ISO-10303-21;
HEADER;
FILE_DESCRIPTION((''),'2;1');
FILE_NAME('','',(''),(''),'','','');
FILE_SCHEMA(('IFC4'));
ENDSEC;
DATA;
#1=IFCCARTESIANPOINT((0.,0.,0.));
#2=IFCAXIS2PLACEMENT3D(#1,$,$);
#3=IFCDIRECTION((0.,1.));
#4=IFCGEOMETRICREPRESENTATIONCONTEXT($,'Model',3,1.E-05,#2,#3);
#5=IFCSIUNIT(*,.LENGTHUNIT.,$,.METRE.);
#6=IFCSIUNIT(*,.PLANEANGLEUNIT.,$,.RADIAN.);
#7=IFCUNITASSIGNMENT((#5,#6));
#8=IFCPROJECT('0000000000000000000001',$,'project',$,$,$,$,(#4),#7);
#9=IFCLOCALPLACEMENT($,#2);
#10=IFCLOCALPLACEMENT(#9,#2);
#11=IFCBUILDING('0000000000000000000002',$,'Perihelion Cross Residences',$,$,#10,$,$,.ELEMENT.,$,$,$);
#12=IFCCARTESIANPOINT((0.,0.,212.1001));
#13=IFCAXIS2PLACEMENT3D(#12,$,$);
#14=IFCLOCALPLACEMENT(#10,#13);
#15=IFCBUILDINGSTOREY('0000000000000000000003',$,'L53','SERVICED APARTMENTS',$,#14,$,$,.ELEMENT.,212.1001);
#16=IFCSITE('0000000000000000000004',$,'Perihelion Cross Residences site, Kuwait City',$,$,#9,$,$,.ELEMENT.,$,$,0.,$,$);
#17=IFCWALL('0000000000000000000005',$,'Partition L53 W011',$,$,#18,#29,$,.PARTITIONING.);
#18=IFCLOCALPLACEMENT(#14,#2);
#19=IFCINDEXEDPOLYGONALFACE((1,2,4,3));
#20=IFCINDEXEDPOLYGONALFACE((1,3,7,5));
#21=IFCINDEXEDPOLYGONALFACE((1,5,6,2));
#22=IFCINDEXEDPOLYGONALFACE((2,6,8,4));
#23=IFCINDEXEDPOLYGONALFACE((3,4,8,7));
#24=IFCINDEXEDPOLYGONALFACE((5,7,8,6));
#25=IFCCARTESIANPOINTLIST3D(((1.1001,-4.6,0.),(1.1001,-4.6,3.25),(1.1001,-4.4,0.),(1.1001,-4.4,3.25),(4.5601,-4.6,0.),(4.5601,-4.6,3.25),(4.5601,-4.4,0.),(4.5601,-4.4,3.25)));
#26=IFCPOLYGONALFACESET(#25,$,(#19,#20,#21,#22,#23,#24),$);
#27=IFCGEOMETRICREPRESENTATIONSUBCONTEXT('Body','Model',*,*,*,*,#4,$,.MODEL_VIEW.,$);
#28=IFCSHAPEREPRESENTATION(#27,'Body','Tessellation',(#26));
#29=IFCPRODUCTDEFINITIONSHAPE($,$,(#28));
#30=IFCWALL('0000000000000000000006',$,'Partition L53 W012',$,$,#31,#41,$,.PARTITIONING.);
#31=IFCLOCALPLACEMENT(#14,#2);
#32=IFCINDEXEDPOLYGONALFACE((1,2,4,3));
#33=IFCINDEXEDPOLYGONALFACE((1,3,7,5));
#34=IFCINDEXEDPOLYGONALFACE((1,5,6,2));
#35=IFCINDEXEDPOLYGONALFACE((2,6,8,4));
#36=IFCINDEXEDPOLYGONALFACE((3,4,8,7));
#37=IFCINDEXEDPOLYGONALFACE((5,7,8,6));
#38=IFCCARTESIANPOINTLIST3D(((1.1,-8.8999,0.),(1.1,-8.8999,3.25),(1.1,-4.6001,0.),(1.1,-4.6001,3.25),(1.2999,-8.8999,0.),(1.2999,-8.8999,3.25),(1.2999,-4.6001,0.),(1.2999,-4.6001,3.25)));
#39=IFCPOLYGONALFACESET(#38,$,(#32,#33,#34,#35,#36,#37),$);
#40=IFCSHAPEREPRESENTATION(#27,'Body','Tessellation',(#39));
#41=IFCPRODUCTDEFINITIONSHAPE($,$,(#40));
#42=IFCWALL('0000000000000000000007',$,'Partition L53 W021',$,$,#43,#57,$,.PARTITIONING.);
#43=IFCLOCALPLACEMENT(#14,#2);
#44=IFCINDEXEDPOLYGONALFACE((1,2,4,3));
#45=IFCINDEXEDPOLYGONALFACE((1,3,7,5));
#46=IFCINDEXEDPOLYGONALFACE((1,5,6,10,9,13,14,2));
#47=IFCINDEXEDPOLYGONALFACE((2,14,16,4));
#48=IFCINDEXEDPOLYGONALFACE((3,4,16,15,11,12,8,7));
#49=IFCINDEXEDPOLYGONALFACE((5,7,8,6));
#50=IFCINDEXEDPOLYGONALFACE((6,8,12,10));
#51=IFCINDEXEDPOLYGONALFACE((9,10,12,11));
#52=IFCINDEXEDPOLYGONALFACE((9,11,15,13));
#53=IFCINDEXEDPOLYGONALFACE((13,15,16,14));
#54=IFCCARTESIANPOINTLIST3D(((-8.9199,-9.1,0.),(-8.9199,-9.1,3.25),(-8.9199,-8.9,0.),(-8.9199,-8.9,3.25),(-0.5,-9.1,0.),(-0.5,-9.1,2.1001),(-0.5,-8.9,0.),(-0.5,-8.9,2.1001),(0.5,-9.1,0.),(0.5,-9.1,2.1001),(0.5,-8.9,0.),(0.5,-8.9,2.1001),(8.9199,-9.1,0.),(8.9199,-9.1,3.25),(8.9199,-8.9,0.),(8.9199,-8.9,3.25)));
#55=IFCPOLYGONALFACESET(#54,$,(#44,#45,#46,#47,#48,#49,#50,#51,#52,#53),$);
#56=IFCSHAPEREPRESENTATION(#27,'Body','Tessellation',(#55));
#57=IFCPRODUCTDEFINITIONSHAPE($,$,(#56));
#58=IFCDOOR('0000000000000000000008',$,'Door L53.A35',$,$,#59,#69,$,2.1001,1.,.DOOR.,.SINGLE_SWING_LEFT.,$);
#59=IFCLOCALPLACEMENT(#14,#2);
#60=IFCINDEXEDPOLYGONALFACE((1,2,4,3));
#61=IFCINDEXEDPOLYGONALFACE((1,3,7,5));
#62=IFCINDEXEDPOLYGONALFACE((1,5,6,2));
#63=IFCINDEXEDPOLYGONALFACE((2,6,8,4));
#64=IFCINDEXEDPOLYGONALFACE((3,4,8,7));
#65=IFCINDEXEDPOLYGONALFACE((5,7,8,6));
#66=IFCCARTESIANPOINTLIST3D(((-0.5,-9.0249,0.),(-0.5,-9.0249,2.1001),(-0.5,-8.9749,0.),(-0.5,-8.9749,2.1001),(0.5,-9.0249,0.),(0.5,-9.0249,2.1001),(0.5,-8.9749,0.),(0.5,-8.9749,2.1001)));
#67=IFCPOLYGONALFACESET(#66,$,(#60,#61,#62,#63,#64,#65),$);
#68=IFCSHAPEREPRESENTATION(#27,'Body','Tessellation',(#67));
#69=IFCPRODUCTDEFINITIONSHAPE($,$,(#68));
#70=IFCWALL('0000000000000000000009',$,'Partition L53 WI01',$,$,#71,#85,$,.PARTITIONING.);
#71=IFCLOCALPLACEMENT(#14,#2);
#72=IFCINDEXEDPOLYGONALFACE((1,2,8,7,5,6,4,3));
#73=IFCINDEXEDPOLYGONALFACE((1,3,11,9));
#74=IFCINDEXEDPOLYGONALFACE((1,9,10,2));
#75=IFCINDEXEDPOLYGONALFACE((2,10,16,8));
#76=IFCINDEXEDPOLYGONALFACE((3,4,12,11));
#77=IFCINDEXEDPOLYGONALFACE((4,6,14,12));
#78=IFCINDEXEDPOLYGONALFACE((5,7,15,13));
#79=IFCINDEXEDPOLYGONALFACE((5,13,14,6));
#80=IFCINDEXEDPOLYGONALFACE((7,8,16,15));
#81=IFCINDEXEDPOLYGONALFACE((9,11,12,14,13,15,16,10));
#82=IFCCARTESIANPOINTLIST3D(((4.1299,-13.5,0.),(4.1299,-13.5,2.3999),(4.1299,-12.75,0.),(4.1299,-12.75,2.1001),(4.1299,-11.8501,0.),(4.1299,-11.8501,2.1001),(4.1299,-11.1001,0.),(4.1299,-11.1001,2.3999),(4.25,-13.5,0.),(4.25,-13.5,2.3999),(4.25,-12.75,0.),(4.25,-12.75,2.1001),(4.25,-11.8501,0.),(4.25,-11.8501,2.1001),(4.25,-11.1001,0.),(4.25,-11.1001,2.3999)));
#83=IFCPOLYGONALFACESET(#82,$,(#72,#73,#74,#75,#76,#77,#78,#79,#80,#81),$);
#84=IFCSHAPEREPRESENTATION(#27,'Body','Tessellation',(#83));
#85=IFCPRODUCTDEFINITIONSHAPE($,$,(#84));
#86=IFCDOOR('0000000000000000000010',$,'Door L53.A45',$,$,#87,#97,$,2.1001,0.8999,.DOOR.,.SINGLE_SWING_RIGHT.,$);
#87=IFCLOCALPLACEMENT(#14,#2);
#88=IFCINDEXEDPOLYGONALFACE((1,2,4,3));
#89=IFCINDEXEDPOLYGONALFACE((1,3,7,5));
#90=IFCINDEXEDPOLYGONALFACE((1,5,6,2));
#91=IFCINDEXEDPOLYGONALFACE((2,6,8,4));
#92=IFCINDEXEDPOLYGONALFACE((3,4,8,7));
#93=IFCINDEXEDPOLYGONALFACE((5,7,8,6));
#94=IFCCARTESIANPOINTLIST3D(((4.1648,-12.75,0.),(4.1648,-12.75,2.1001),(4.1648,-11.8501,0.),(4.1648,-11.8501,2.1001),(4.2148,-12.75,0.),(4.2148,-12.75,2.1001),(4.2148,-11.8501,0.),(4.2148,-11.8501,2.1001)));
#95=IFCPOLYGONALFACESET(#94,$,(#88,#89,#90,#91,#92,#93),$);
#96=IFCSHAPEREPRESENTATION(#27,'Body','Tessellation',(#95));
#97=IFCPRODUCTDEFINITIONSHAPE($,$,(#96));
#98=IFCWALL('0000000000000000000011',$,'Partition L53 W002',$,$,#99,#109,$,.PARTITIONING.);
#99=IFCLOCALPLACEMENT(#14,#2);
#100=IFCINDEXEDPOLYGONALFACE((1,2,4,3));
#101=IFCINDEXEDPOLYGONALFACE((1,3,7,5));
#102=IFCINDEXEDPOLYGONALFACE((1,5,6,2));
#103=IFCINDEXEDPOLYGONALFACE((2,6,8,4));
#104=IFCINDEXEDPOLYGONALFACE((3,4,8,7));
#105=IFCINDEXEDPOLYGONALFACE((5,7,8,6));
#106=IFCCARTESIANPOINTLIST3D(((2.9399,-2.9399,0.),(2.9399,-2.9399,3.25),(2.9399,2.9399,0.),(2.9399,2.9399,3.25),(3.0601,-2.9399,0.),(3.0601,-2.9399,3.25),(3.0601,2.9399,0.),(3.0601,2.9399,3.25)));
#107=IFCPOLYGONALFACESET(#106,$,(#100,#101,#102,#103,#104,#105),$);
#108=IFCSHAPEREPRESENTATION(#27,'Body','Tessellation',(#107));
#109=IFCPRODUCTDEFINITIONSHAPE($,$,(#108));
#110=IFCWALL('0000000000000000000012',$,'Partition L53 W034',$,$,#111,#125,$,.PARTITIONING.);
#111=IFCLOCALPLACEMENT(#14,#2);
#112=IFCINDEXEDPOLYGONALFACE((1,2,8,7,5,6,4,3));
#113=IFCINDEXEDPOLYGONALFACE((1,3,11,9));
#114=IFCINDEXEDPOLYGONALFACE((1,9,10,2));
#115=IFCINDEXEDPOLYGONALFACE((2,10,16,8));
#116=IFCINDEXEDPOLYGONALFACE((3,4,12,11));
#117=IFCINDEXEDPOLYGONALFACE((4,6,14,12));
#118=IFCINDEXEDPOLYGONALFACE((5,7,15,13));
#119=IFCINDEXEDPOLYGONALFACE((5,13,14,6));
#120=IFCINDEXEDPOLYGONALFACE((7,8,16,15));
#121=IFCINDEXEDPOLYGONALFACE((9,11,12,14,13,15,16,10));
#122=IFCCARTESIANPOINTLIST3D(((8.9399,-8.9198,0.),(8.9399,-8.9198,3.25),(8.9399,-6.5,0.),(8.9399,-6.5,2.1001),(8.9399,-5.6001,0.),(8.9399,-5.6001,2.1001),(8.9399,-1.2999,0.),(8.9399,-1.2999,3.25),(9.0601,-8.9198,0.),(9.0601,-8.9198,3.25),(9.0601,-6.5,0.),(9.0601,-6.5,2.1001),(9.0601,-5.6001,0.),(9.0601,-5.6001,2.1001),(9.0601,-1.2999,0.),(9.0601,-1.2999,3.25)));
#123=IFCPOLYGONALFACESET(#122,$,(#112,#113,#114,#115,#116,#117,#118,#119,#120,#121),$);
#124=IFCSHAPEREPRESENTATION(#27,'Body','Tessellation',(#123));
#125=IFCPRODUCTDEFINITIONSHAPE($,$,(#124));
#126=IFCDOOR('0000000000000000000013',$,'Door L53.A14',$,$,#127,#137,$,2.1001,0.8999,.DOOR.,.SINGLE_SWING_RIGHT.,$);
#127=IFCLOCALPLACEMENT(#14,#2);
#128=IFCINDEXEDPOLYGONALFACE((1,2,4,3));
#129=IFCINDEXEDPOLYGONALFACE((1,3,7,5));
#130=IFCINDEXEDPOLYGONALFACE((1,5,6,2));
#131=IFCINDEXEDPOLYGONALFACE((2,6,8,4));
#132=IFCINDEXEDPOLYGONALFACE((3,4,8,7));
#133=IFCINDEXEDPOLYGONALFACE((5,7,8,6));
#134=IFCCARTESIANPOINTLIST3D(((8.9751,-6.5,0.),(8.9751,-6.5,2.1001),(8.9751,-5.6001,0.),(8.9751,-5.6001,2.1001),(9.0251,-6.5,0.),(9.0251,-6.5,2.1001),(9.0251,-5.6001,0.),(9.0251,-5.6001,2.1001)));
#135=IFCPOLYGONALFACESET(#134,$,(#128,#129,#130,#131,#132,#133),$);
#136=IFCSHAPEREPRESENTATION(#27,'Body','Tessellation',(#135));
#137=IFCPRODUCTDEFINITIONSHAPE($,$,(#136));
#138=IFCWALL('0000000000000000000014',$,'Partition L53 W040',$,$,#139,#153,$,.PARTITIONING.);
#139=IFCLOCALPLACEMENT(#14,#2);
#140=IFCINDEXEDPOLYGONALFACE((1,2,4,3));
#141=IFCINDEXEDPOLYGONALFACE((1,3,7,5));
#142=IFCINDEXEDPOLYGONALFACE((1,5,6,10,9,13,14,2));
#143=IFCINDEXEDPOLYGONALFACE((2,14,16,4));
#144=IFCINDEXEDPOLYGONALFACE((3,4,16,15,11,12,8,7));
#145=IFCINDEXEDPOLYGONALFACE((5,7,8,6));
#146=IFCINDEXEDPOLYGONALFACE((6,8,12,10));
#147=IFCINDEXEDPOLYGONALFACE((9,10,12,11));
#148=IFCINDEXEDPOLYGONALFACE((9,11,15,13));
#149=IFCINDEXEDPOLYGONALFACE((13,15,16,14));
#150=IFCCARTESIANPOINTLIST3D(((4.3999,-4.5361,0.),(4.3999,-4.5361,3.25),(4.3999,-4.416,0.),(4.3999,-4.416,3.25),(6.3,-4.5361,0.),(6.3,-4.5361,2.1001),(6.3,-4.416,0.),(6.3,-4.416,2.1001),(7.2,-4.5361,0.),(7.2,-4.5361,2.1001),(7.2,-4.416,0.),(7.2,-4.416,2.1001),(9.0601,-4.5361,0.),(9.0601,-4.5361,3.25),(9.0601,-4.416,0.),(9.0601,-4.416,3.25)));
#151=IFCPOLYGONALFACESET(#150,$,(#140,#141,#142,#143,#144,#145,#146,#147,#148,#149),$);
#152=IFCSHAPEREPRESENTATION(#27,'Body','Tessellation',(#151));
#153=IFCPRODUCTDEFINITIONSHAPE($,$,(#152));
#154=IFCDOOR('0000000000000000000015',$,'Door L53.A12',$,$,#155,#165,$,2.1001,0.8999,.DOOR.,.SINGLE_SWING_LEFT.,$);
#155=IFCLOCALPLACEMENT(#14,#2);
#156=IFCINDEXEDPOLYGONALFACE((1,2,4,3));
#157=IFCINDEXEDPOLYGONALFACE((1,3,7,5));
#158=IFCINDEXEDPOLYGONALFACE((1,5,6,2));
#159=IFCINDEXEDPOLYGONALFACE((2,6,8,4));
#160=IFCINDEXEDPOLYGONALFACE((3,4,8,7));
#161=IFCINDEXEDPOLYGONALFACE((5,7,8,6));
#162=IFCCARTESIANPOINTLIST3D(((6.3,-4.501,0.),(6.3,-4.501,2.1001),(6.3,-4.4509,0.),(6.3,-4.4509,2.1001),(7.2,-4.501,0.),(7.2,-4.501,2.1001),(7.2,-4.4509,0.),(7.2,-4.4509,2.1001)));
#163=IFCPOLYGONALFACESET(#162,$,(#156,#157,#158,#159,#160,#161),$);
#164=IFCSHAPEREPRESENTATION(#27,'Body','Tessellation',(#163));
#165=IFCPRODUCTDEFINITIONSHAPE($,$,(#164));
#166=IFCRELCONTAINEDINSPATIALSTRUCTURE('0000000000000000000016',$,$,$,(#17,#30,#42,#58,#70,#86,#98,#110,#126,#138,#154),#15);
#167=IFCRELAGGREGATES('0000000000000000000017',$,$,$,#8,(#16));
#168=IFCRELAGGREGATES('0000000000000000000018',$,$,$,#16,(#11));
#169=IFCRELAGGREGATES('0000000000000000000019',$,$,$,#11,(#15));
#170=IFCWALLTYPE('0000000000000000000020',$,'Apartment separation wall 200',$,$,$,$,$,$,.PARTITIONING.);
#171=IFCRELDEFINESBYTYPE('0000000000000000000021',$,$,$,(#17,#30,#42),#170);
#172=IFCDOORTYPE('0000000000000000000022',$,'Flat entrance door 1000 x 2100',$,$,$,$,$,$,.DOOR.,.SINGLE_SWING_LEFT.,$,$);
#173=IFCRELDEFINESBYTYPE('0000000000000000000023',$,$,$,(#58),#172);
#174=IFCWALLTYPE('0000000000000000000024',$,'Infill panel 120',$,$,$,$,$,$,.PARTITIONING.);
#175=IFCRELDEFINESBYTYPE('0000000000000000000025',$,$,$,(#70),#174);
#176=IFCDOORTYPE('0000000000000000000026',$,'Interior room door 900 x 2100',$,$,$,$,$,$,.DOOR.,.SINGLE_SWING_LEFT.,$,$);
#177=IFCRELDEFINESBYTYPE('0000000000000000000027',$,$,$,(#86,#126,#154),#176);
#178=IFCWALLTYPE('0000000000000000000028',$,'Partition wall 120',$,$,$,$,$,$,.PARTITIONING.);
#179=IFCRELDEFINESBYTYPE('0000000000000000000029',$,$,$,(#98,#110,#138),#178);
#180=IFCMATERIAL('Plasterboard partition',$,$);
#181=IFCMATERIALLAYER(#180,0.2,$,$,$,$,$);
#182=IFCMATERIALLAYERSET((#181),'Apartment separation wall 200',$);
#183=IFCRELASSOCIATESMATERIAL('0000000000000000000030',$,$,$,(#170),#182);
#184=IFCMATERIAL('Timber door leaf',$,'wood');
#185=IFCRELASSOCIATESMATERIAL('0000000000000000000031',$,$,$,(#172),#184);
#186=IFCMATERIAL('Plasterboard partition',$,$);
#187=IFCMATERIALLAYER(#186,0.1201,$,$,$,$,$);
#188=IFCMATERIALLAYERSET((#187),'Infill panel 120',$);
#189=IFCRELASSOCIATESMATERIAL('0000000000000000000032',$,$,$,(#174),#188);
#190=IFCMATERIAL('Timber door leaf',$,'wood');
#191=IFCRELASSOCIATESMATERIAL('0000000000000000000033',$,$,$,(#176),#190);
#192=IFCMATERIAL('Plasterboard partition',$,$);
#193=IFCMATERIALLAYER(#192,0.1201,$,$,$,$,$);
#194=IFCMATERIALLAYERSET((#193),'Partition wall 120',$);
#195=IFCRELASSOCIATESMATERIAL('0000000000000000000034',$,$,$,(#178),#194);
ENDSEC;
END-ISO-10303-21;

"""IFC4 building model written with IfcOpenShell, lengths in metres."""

from ifc_helpers import new_model, si_unit, direction, frame, frame_2d, origin, place, context, subcontext, project, spatial, rectangle, extrude, material, layer, layer_set, type_object, element, fill, save


model = new_model("IFC4")

# Units and contexts
model_context = context("Model", 3, precision=1e-05, world=origin(), true_north=direction((0.0, 1.0)))
body_context = subcontext(model_context, "Body", "Model", "MODEL_VIEW")
ifc_project = project(units=[si_unit("LENGTHUNIT", "METRE"), si_unit("PLANEANGLEUNIT", "RADIAN")], contexts=[model_context])

# Site, building, storey
site_placement = place(None, origin())
site = spatial("IfcSite", under=ifc_project, at=site_placement, Name="Perihelion Cross Residences site, Kuwait City", CompositionType="ELEMENT", RefElevation=0.0)
building_placement = place(site_placement, origin())
building = spatial("IfcBuilding", under=site, at=building_placement, Name="Perihelion Cross Residences", CompositionType="ELEMENT")
storey_placement = place(building_placement, frame((0.0, 0.0, 212.1001)))
storey = spatial("IfcBuildingStorey", under=building, at=storey_placement, Name="L53", Description="SERVICED APARTMENTS", CompositionType="ELEMENT", Elevation=212.1001)

# Walls
ifc_material_1 = material(Name="Plasterboard partition")
ifc_layer_1 = layer(ifc_material_1, 0.2)
ifc_layer_set_1 = layer_set([ifc_layer_1], Name="Apartment separation wall 200")
wall_type_1 = type_object("IfcWallType", Name="Apartment separation wall 200", PredefinedType="PARTITIONING", material=ifc_layer_set_1)
wall_1_placement = place(storey_placement, frame((4.5601, -4.5, 0.0), z_axis=(0.0, 0.0, 1.0), x_axis=(-1.0, 0.0, 0.0)))
element("IfcWall", 1, at=wall_1_placement, inside=storey, type_object=wall_type_1, Name="Partition L53 W011", PredefinedType="PARTITIONING", context=body_context, shape_type="SweptSolid", body=[
    extrude(rectangle(XDim=3.46, YDim=0.2, at=frame_2d((1.73, 0.0))), origin(), (0.0, 0.0, 1.0), 3.25),
])
wall_2_placement = place(storey_placement, frame((1.2, -4.6001, 0.0), z_axis=(0.0, 0.0, 1.0), x_axis=(0.0, -1.0, 0.0)))
element("IfcWall", 2, at=wall_2_placement, inside=storey, type_object=wall_type_1, Name="Partition L53 W012", PredefinedType="PARTITIONING", context=body_context, shape_type="SweptSolid", body=[
    extrude(rectangle(XDim=4.2998, YDim=0.2, at=frame_2d((2.1499, 0.0))), origin(), (0.0, 0.0, 1.0), 3.25),
])

# Walls, openings, doors
wall_3_placement = place(storey_placement, frame((8.9199, -9.0, 0.0), z_axis=(0.0, 0.0, 1.0), x_axis=(-1.0, 0.0, 0.0)))
wall_3 = element("IfcWall", 3, at=wall_3_placement, inside=storey, type_object=wall_type_1, Name="Partition L53 W021", PredefinedType="PARTITIONING", context=body_context, shape_type="SweptSolid", body=[
    extrude(rectangle(XDim=17.8398, YDim=0.2, at=frame_2d((8.9199, 0.0))), origin(), (0.0, 0.0, 1.0), 3.25),
])
opening_1_placement = place(wall_3_placement, frame((8.4199, 0.0, 0.0)))
opening_1 = element("IfcOpeningElement", 4, at=opening_1_placement, cuts=wall_3, PredefinedType="OPENING", context=body_context, shape_type="SweptSolid", body=[
    extrude(rectangle(XDim=1.0, YDim=2.1001, at=frame_2d((0.5, 1.05))), frame((0.0, 0.1099, 0.0), z_axis=(0.0, -1.0, 0.0), x_axis=(1.0, 0.0, 0.0)), (0.0, 0.0, 1.0), 0.22),
])
ifc_material_2 = material(Name="Timber door leaf", Category="wood")
door_type_1 = type_object("IfcDoorType", Name="Flat entrance door 1000 x 2100", OperationType="SINGLE_SWING_LEFT", PredefinedType="DOOR", material=ifc_material_2)
door_1_placement = place(opening_1_placement, origin())
door_1 = element("IfcDoor", 5, at=door_1_placement, inside=storey, type_object=door_type_1, Name="Door L53.A35", OperationType="SINGLE_SWING_LEFT", OverallHeight=2.1001, OverallWidth=1.0, PredefinedType="DOOR", context=body_context, shape_type="SweptSolid", body=[
    extrude(rectangle(XDim=1.0, YDim=2.1001, at=frame_2d((0.5, 1.05))), frame((0.0, 0.0249, 0.0), z_axis=(0.0, -1.0, 0.0), x_axis=(1.0, 0.0, 0.0)), (0.0, 0.0, 1.0), 0.05),
])
fill(opening_1, door_1)
ifc_material_3 = material(Name="Plasterboard partition")
ifc_layer_2 = layer(ifc_material_3, 0.1201)
ifc_layer_set_2 = layer_set([ifc_layer_2], Name="Infill panel 120")
wall_type_2 = type_object("IfcWallType", Name="Infill panel 120", PredefinedType="PARTITIONING", material=ifc_layer_set_2)
wall_4_placement = place(storey_placement, frame((4.1899, -11.1001, 0.0), z_axis=(0.0, 0.0, 1.0), x_axis=(0.0, -1.0, 0.0)))
wall_4 = element("IfcWall", 6, at=wall_4_placement, inside=storey, type_object=wall_type_2, Name="Partition L53 WI01", PredefinedType="PARTITIONING", context=body_context, shape_type="SweptSolid", body=[
    extrude(rectangle(XDim=2.3999, YDim=0.1201, at=frame_2d((1.2, 0.0))), origin(), (0.0, 0.0, 1.0), 2.3999),
])
opening_2_placement = place(wall_4_placement, frame((0.75, 0.0, 0.0)))
opening_2 = element("IfcOpeningElement", 7, at=opening_2_placement, cuts=wall_4, PredefinedType="OPENING", context=body_context, shape_type="SweptSolid", body=[
    extrude(rectangle(XDim=0.8999, YDim=2.1001, at=frame_2d((0.45, 1.05))), frame((0.0, 0.0701, 0.0), z_axis=(0.0, -1.0, 0.0), x_axis=(1.0, 0.0, 0.0)), (0.0, 0.0, 1.0), 0.1401),
])
ifc_material_4 = material(Name="Timber door leaf", Category="wood")
door_type_2 = type_object("IfcDoorType", Name="Interior room door 900 x 2100", OperationType="SINGLE_SWING_LEFT", PredefinedType="DOOR", material=ifc_material_4)
door_2_placement = place(opening_2_placement, origin())
door_2 = element("IfcDoor", 8, at=door_2_placement, inside=storey, type_object=door_type_2, Name="Door L53.A45", OperationType="SINGLE_SWING_RIGHT", OverallHeight=2.1001, OverallWidth=0.8999, PredefinedType="DOOR", context=body_context, shape_type="SweptSolid", body=[
    extrude(rectangle(XDim=0.8999, YDim=2.1001, at=frame_2d((0.45, 1.05))), frame((0.0, 0.0249, 0.0), z_axis=(0.0, -1.0, 0.0), x_axis=(1.0, 0.0, 0.0)), (0.0, 0.0, 1.0), 0.05),
])
fill(opening_2, door_2)

# Wall
ifc_material_5 = material(Name="Plasterboard partition")
ifc_layer_3 = layer(ifc_material_5, 0.1201)
ifc_layer_set_3 = layer_set([ifc_layer_3], Name="Partition wall 120")
wall_type_3 = type_object("IfcWallType", Name="Partition wall 120", PredefinedType="PARTITIONING", material=ifc_layer_set_3)
wall_5_placement = place(storey_placement, frame((3.0, -2.9399, 0.0), z_axis=(0.0, 0.0, 1.0), x_axis=(0.0, 1.0, 0.0)))
element("IfcWall", 9, at=wall_5_placement, inside=storey, type_object=wall_type_3, Name="Partition L53 W002", PredefinedType="PARTITIONING", context=body_context, shape_type="SweptSolid", body=[
    extrude(rectangle(XDim=5.8799, YDim=0.1201, at=frame_2d((2.9399, 0.0))), origin(), (0.0, 0.0, 1.0), 3.25),
])

# Walls, openings, doors
wall_6_placement = place(storey_placement, frame((9.0, -8.9199, 0.0), z_axis=(0.0, 0.0, 1.0), x_axis=(0.0, 1.0, 0.0)))
wall_6 = element("IfcWall", 10, at=wall_6_placement, inside=storey, type_object=wall_type_3, Name="Partition L53 W034", PredefinedType="PARTITIONING", context=body_context, shape_type="SweptSolid", body=[
    extrude(rectangle(XDim=7.6199, YDim=0.1201, at=frame_2d((3.8101, 0.0))), origin(), (0.0, 0.0, 1.0), 3.25),
])
opening_3_placement = place(wall_6_placement, frame((2.4199, 0.0, 0.0)))
opening_3 = element("IfcOpeningElement", 11, at=opening_3_placement, cuts=wall_6, PredefinedType="OPENING", context=body_context, shape_type="SweptSolid", body=[
    extrude(rectangle(XDim=0.8999, YDim=2.1001, at=frame_2d((0.45, 1.05))), frame((0.0, 0.0701, 0.0), z_axis=(0.0, -1.0, 0.0), x_axis=(1.0, 0.0, 0.0)), (0.0, 0.0, 1.0), 0.1401),
])
door_3_placement = place(opening_3_placement, origin())
door_3 = element("IfcDoor", 12, at=door_3_placement, inside=storey, type_object=door_type_2, Name="Door L53.A14", OperationType="SINGLE_SWING_RIGHT", OverallHeight=2.1001, OverallWidth=0.8999, PredefinedType="DOOR", context=body_context, shape_type="SweptSolid", body=[
    extrude(rectangle(XDim=0.8999, YDim=2.1001, at=frame_2d((0.45, 1.05))), frame((0.0, 0.0249, 0.0), z_axis=(0.0, -1.0, 0.0), x_axis=(1.0, 0.0, 0.0)), (0.0, 0.0, 1.0), 0.05),
])
fill(opening_3, door_3)
wall_7_placement = place(storey_placement, frame((9.0601, -4.4761, 0.0), z_axis=(0.0, 0.0, 1.0), x_axis=(-1.0, 0.0, 0.0)))
wall_7 = element("IfcWall", 13, at=wall_7_placement, inside=storey, type_object=wall_type_3, Name="Partition L53 W040", PredefinedType="PARTITIONING", context=body_context, shape_type="SweptSolid", body=[
    extrude(rectangle(XDim=4.6602, YDim=0.1201, at=frame_2d((2.3301, 0.0))), origin(), (0.0, 0.0, 1.0), 3.25),
])
opening_4_placement = place(wall_7_placement, frame((1.8601, 0.0, 0.0)))
opening_4 = element("IfcOpeningElement", 14, at=opening_4_placement, cuts=wall_7, PredefinedType="OPENING", context=body_context, shape_type="SweptSolid", body=[
    extrude(rectangle(XDim=0.8999, YDim=2.1001, at=frame_2d((0.45, 1.05))), frame((0.0, 0.0701, 0.0), z_axis=(0.0, -1.0, 0.0), x_axis=(1.0, 0.0, 0.0)), (0.0, 0.0, 1.0), 0.1401),
])
door_4_placement = place(opening_4_placement, origin())
door_4 = element("IfcDoor", 15, at=door_4_placement, inside=storey, type_object=door_type_2, Name="Door L53.A12", OperationType="SINGLE_SWING_LEFT", OverallHeight=2.1001, OverallWidth=0.8999, PredefinedType="DOOR", context=body_context, shape_type="SweptSolid", body=[
    extrude(rectangle(XDim=0.8999, YDim=2.1001, at=frame_2d((0.45, 1.05))), frame((0.0, 0.0249, 0.0), z_axis=(0.0, -1.0, 0.0), x_axis=(1.0, 0.0, 0.0)), (0.0, 0.0, 1.0), 0.05),
])
fill(opening_4, door_4)

save(model, "model.ifc")
